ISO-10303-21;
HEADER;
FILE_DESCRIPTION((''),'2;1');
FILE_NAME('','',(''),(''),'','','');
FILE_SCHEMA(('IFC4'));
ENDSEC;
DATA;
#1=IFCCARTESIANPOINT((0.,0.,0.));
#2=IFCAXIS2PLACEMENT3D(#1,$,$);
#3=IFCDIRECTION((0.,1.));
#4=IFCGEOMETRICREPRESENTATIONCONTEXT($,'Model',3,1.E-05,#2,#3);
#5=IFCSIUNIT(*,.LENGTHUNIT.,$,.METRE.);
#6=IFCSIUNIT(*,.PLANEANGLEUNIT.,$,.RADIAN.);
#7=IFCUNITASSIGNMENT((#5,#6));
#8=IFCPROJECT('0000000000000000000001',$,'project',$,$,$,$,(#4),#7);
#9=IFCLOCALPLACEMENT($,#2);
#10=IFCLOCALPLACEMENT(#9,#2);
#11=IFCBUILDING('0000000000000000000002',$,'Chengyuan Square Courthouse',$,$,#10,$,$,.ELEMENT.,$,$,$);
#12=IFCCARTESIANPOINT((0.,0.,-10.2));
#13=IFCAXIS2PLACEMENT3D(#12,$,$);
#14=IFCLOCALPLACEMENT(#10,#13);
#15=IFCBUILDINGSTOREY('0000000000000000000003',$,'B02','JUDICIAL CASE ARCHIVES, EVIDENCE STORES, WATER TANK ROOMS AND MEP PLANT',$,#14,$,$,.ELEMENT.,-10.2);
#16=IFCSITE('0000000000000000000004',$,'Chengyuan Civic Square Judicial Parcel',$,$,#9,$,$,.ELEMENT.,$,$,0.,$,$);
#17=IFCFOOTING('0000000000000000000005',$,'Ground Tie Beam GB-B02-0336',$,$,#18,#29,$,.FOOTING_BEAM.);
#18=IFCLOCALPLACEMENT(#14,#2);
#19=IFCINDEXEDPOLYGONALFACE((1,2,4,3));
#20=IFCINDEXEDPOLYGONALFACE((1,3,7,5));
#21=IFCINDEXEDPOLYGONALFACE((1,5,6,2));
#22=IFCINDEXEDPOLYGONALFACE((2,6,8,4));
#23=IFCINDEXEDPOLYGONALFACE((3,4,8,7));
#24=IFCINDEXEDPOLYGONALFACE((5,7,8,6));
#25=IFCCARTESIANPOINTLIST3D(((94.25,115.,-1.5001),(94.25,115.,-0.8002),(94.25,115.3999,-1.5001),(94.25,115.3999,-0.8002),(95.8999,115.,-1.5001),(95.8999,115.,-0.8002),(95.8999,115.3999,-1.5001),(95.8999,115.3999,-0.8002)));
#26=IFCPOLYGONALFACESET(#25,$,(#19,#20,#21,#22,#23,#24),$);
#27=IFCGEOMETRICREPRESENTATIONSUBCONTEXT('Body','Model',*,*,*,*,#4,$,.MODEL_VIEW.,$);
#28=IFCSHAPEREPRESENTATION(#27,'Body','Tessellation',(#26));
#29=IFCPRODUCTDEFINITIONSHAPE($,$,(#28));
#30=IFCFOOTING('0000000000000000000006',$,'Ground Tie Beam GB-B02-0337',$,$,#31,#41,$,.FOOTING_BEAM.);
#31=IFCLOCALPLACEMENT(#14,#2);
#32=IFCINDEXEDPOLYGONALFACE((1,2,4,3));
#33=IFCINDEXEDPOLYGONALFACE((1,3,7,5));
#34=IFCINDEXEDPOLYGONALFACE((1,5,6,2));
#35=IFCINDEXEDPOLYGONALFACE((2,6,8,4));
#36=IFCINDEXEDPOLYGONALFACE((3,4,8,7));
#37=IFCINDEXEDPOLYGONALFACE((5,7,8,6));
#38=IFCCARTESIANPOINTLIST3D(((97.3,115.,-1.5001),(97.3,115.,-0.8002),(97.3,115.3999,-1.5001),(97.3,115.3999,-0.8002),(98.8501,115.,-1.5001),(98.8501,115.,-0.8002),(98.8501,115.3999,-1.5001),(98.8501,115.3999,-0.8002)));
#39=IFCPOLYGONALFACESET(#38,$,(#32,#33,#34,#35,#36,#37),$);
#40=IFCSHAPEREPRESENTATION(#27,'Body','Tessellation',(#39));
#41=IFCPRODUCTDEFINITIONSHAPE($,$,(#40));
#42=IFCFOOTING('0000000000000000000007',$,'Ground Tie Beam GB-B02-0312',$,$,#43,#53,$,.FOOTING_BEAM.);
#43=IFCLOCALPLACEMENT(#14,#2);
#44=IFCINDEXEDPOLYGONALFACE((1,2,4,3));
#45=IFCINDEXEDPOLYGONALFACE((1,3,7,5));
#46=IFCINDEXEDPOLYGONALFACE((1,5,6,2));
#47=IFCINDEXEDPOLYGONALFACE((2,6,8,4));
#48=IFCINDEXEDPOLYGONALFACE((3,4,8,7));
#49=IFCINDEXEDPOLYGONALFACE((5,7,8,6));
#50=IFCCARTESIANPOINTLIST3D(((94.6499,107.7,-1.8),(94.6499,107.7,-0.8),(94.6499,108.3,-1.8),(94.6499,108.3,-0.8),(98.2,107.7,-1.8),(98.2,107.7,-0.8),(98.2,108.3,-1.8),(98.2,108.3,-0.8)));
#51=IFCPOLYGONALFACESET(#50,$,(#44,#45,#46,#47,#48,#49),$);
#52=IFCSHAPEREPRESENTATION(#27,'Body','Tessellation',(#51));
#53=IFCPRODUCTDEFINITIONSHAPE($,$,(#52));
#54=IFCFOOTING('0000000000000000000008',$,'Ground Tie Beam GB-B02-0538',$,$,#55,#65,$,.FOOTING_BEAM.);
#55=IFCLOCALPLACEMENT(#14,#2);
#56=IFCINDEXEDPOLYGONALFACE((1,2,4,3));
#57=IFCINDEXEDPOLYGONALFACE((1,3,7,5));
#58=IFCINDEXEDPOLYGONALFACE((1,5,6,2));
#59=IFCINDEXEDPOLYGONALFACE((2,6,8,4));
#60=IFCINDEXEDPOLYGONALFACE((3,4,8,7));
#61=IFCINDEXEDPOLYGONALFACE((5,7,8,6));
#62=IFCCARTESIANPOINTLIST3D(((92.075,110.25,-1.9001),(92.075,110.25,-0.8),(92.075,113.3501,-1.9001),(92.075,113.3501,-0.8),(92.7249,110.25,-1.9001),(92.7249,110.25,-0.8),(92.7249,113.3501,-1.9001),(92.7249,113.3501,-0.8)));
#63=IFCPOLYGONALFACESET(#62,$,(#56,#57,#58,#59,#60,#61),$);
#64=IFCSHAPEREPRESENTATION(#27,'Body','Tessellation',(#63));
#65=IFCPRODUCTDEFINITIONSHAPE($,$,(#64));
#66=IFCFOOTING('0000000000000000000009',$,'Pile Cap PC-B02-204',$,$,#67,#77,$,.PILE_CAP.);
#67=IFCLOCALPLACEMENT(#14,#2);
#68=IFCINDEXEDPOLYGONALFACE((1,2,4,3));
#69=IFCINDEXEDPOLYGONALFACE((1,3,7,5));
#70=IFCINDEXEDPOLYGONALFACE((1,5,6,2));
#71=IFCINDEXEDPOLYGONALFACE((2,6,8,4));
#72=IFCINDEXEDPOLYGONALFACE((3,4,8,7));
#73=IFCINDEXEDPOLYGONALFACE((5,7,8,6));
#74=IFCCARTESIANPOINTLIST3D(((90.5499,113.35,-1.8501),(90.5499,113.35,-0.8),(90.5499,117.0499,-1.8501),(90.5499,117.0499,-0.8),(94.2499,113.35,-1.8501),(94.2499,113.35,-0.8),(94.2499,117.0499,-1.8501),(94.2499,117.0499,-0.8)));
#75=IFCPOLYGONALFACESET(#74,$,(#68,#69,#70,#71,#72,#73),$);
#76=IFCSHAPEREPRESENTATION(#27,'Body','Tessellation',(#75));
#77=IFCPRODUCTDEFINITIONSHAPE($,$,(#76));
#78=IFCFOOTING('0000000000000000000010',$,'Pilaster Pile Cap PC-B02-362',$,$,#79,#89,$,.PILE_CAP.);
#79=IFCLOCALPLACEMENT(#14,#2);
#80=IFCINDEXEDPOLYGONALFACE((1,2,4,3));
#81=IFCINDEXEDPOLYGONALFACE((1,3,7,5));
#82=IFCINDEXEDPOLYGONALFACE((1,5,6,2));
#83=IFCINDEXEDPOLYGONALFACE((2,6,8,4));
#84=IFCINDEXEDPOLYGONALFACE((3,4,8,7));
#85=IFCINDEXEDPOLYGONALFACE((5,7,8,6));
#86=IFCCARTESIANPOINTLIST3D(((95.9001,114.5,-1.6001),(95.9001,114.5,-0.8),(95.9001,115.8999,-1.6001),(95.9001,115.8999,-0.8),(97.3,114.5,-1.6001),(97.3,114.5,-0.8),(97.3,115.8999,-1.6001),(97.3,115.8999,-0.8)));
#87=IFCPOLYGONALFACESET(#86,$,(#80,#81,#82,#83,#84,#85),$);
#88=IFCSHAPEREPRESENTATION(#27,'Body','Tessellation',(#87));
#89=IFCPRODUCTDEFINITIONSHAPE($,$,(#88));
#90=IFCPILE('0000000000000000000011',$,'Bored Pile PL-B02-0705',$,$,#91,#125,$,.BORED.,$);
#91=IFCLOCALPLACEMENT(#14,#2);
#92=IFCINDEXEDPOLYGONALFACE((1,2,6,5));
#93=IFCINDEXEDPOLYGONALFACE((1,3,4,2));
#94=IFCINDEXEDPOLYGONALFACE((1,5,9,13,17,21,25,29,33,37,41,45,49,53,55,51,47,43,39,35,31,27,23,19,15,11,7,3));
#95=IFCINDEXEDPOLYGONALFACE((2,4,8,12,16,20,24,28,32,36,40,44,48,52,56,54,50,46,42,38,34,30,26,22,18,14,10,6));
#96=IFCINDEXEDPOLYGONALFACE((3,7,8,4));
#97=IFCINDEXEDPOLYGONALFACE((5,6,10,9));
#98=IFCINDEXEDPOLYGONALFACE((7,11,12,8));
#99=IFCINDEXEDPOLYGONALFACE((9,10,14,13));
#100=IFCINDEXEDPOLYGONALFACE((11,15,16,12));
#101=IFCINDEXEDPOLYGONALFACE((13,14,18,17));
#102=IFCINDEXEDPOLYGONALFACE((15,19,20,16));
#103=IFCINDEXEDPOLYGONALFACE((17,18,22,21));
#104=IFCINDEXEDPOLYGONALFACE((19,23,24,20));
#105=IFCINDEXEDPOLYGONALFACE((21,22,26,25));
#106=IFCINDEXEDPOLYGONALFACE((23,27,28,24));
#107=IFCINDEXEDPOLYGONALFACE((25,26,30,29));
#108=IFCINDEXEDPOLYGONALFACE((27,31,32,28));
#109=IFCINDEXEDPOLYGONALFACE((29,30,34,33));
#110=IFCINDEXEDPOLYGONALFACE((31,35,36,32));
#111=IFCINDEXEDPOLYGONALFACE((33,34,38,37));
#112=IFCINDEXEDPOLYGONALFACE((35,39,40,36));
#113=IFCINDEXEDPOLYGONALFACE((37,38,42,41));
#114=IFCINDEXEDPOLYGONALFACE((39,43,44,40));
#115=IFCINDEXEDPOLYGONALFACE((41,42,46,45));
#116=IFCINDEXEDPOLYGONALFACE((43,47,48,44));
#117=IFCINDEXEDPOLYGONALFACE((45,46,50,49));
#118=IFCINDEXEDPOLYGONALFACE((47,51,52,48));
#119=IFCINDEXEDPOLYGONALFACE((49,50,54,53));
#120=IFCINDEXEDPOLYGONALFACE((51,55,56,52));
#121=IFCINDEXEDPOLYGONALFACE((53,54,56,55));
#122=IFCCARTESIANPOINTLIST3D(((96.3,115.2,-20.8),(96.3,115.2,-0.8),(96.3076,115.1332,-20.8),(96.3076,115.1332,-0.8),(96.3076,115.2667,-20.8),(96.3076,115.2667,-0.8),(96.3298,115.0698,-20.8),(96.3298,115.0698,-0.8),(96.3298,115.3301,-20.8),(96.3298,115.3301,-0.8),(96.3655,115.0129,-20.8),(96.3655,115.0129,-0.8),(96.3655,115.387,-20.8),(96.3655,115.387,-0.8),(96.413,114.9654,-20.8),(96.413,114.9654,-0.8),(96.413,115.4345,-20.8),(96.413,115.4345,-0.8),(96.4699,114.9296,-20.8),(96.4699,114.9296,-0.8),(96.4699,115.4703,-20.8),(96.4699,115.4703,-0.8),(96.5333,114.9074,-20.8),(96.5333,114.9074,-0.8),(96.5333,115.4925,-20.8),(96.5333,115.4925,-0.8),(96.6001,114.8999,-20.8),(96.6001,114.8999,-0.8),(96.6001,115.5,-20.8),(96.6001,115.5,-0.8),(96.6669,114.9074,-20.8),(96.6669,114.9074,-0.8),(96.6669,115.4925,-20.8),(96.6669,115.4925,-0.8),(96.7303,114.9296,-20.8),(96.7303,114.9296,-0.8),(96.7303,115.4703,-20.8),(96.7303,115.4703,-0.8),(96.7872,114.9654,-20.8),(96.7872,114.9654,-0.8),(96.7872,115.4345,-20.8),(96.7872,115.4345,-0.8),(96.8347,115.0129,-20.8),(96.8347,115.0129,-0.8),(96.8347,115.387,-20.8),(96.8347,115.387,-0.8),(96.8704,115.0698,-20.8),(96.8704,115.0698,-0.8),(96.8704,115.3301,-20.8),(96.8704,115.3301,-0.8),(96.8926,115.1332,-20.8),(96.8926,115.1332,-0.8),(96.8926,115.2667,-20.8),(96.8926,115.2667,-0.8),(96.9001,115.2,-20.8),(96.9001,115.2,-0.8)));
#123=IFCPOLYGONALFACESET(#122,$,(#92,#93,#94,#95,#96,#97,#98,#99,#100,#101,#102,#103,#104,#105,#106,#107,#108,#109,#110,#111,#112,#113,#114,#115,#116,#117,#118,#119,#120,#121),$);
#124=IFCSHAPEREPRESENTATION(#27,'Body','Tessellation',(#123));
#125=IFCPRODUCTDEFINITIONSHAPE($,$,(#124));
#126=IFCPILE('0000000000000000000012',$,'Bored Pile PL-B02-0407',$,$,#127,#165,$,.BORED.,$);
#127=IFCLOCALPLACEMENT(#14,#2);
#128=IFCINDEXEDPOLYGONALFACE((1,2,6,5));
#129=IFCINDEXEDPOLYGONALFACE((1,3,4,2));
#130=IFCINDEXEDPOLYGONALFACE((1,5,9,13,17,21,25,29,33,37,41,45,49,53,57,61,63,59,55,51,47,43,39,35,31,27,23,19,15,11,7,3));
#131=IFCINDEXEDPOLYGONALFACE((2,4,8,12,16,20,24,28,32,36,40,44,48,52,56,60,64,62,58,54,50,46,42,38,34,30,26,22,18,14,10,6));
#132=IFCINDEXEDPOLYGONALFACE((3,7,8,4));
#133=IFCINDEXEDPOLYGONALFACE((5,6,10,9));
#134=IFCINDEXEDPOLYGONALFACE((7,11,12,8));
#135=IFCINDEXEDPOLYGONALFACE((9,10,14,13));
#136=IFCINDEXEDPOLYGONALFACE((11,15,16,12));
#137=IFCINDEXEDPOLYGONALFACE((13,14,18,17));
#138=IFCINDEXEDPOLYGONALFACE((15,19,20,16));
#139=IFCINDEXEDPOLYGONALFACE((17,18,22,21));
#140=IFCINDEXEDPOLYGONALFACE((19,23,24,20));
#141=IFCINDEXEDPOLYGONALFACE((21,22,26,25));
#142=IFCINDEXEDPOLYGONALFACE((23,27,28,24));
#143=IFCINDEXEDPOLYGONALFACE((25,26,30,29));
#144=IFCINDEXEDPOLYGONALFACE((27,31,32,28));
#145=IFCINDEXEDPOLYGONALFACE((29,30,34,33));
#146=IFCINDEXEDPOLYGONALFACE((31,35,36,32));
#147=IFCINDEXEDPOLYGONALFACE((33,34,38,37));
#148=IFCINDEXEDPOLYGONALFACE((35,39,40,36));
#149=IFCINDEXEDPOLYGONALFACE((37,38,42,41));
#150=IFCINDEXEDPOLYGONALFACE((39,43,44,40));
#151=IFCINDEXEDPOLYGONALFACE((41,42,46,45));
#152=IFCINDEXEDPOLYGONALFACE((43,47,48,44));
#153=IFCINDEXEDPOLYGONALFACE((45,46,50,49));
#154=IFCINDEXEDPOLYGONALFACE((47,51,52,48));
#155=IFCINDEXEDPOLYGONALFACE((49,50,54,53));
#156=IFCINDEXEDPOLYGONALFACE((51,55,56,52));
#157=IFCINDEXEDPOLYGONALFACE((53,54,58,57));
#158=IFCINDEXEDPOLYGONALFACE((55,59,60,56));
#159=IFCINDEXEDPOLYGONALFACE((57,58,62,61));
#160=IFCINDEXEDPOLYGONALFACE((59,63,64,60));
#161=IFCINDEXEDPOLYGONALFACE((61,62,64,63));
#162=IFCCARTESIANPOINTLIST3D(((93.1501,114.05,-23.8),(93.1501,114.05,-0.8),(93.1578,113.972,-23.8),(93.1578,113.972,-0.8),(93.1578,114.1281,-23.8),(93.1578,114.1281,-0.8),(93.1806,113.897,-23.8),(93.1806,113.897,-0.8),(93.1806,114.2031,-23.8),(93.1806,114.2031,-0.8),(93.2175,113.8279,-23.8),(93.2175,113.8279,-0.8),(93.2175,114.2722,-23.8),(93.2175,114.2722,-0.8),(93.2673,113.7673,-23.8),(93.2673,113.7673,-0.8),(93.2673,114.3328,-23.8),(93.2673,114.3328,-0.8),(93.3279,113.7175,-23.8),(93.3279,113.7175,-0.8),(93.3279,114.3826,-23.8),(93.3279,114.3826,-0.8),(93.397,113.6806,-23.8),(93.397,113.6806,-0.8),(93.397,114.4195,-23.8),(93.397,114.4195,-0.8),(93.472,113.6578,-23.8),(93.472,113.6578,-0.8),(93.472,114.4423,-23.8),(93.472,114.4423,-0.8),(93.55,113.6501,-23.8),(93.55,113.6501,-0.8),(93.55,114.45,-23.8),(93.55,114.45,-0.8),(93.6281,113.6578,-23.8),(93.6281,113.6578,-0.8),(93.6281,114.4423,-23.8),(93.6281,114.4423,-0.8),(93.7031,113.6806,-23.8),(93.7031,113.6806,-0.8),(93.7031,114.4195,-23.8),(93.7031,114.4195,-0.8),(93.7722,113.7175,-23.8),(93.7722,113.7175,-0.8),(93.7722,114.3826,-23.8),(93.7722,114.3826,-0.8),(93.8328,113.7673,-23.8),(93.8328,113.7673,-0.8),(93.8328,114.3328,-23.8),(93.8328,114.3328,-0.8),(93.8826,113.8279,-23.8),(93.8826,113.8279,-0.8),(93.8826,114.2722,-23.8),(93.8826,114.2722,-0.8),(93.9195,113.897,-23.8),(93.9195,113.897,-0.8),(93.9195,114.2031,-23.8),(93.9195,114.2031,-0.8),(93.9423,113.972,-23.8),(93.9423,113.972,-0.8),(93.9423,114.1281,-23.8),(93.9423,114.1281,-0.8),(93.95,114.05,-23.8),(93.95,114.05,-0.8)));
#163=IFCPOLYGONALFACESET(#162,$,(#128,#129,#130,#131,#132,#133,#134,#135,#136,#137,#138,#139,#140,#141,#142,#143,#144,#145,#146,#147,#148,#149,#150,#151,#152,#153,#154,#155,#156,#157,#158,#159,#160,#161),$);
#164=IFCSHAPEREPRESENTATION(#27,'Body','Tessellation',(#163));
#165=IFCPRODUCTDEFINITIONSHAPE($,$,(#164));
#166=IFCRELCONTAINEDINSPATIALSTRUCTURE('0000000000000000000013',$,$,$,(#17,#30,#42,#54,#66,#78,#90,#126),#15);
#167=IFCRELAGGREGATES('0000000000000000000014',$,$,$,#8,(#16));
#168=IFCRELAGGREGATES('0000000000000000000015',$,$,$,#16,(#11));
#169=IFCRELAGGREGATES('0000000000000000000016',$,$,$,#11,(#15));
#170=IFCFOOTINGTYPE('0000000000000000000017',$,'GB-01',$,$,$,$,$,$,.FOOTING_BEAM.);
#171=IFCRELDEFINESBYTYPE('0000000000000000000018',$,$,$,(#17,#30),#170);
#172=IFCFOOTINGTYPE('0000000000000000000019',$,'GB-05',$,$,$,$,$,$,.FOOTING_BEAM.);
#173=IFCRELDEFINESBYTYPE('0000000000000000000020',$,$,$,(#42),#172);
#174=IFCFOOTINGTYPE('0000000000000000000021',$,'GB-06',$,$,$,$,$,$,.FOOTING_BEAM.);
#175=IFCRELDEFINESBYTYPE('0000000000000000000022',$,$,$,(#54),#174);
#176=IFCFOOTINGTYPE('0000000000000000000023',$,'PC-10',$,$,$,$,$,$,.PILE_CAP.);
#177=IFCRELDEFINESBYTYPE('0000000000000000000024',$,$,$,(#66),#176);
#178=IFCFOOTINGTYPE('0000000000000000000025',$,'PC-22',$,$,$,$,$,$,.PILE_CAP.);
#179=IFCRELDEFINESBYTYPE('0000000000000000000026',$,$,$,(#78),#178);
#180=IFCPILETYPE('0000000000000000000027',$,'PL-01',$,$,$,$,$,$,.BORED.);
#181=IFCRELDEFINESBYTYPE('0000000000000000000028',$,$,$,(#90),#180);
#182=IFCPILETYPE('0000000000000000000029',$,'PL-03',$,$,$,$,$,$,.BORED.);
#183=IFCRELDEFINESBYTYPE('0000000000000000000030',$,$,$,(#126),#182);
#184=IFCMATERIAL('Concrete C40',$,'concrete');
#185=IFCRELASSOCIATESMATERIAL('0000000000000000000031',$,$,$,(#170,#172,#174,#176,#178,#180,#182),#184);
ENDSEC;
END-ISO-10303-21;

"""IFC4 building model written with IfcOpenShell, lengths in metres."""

from ifc_helpers import new_model, si_unit, direction, frame, origin, origin_2d, place, context, subcontext, project, spatial, rectangle, circle, extrude, material, material_profile, profile_set, type_object, element, save


model = new_model("IFC4")

# Units and contexts
model_context = context("Model", 3, precision=1e-05, world=origin(), true_north=direction((0.0, 1.0)))
body_context = subcontext(model_context, "Body", "Model", "MODEL_VIEW")
ifc_project = project(units=[si_unit("LENGTHUNIT", "METRE"), si_unit("PLANEANGLEUNIT", "RADIAN")], contexts=[model_context])

# Site, building, storey
site_placement = place(None, origin())
site = spatial("IfcSite", under=ifc_project, at=site_placement, Name="Chengyuan Civic Square Judicial Parcel", CompositionType="ELEMENT", RefElevation=0.0)
building_placement = place(site_placement, origin())
building = spatial("IfcBuilding", under=site, at=building_placement, Name="Chengyuan Square Courthouse", CompositionType="ELEMENT")
storey_placement = place(building_placement, frame((0.0, 0.0, -10.2)))
storey = spatial("IfcBuildingStorey", under=building, at=storey_placement, Name="B02", Description="JUDICIAL CASE ARCHIVES, EVIDENCE STORES, WATER TANK ROOMS AND MEP PLANT", CompositionType="ELEMENT", Elevation=-10.2)

# Footings
ifc_material_1 = material(Name="Concrete C40", Category="concrete")
ifc_material_profile_1 = material_profile(ifc_material_1, rectangle(XDim=0.3999, YDim=0.7, at=origin_2d()), Name="GB-400x700")
ifc_profile_set_1 = profile_set([ifc_material_profile_1], Name="Concrete C40")
footing_type_1 = type_object("IfcFootingType", Name="GB-01", PredefinedType="FOOTING_BEAM", material=ifc_profile_set_1)
footing_1_placement = place(storey_placement, frame((94.25, 115.2, -1.1501), z_axis=(1.0, 0.0, 0.0), x_axis=(0.0, 1.0, 0.0)))
element("IfcFooting", 1, at=footing_1_placement, inside=storey, type_object=footing_type_1, Name="Ground Tie Beam GB-B02-0336", PredefinedType="FOOTING_BEAM", context=body_context, shape_type="SweptSolid", body=[
    extrude(rectangle(XDim=0.3999, YDim=0.7, at=origin_2d()), origin(), (0.0, 0.0, 1.0), 1.6499),
])
footing_2_placement = place(storey_placement, frame((97.3, 115.2, -1.1501), z_axis=(1.0, 0.0, 0.0), x_axis=(0.0, 1.0, 0.0)))
element("IfcFooting", 2, at=footing_2_placement, inside=storey, type_object=footing_type_1, Name="Ground Tie Beam GB-B02-0337", PredefinedType="FOOTING_BEAM", context=body_context, shape_type="SweptSolid", body=[
    extrude(rectangle(XDim=0.3999, YDim=0.7, at=origin_2d()), origin(), (0.0, 0.0, 1.0), 1.55),
])
ifc_material_profile_2 = material_profile(ifc_material_1, rectangle(XDim=0.6001, YDim=1.0, at=origin_2d()), Name="GB-600x1000")
ifc_profile_set_2 = profile_set([ifc_material_profile_2], Name="Concrete C40")
footing_type_2 = type_object("IfcFootingType", Name="GB-05", PredefinedType="FOOTING_BEAM", material=ifc_profile_set_2)
footing_3_placement = place(storey_placement, frame((94.6499, 108.0, -1.3), z_axis=(1.0, 0.0, 0.0), x_axis=(0.0, 1.0, 0.0)))
element("IfcFooting", 3, at=footing_3_placement, inside=storey, type_object=footing_type_2, Name="Ground Tie Beam GB-B02-0312", PredefinedType="FOOTING_BEAM", context=body_context, shape_type="SweptSolid", body=[
    extrude(rectangle(XDim=0.6001, YDim=1.0, at=origin_2d()), origin(), (0.0, 0.0, 1.0), 3.55),
])
ifc_material_profile_3 = material_profile(ifc_material_1, rectangle(XDim=0.6499, YDim=1.1001, at=origin_2d()), Name="GB-650x1100")
ifc_profile_set_3 = profile_set([ifc_material_profile_3], Name="Concrete C40")
footing_type_3 = type_object("IfcFootingType", Name="GB-06", PredefinedType="FOOTING_BEAM", material=ifc_profile_set_3)
footing_4_placement = place(storey_placement, frame((92.3999, 110.25, -1.3501), z_axis=(0.0, 1.0, 0.0), x_axis=(-1.0, 0.0, 0.0)))
element("IfcFooting", 4, at=footing_4_placement, inside=storey, type_object=footing_type_3, Name="Ground Tie Beam GB-B02-0538", PredefinedType="FOOTING_BEAM", context=body_context, shape_type="SweptSolid", body=[
    extrude(rectangle(XDim=0.6499, YDim=1.1001, at=origin_2d()), origin(), (0.0, 0.0, 1.0), 3.1001),
])
footing_type_4 = type_object("IfcFootingType", Name="PC-10", PredefinedType="PILE_CAP", material=ifc_material_1)
footing_5_placement = place(storey_placement, frame((92.3999, 115.2, -1.8501), z_axis=(0.0, 0.0, 1.0), x_axis=(1.0, 0.0, 0.0)))
element("IfcFooting", 5, at=footing_5_placement, inside=storey, type_object=footing_type_4, Name="Pile Cap PC-B02-204", PredefinedType="PILE_CAP", context=body_context, shape_type="SweptSolid", body=[
    extrude(rectangle(XDim=3.7, YDim=3.7, at=origin_2d()), origin(), (0.0, 0.0, 1.0), 1.05),
])
footing_type_5 = type_object("IfcFootingType", Name="PC-22", PredefinedType="PILE_CAP", material=ifc_material_1)
footing_6_placement = place(storey_placement, frame((96.6001, 115.2, -1.6001), z_axis=(0.0, 0.0, 1.0), x_axis=(1.0, 0.0, 0.0)))
element("IfcFooting", 6, at=footing_6_placement, inside=storey, type_object=footing_type_5, Name="Pilaster Pile Cap PC-B02-362", PredefinedType="PILE_CAP", context=body_context, shape_type="SweptSolid", body=[
    extrude(rectangle(XDim=1.3999, YDim=1.3999, at=origin_2d()), origin(), (0.0, 0.0, 1.0), 0.8),
])

# Piles
ifc_material_profile_4 = material_profile(ifc_material_1, circle(Radius=0.3, at=origin_2d()), Name="BORED PILE D600")
ifc_profile_set_4 = profile_set([ifc_material_profile_4], Name="Concrete C40")
pile_type_1 = type_object("IfcPileType", Name="PL-01", PredefinedType="BORED", material=ifc_profile_set_4)
pile_placement = place(storey_placement, frame((96.6001, 115.2, -0.8), z_axis=(0.0, 0.0, -1.0), x_axis=(1.0, 0.0, 0.0)))
element("IfcPile", 7, at=pile_placement, inside=storey, type_object=pile_type_1, Name="Bored Pile PL-B02-0705", PredefinedType="BORED", context=body_context, shape_type="SweptSolid", body=[
    extrude(circle(Radius=0.3, at=origin_2d()), origin(), (0.0, 0.0, 1.0), 20.0),
])
ifc_material_profile_5 = material_profile(ifc_material_1, circle(Radius=0.3999, at=origin_2d()), Name="BORED PILE D800")
ifc_profile_set_5 = profile_set([ifc_material_profile_5], Name="Concrete C40")
pile_type_2 = type_object("IfcPileType", Name="PL-03", PredefinedType="BORED", material=ifc_profile_set_5)
for number, where, z_axis, x_axis, name in (
    (8, (93.55, 114.05, -0.8), (0.0, 0.0, -1.0), (1.0, 0.0, 0.0), "Bored Pile PL-B02-0407"),
):
    element("IfcPile", number, at=place(storey_placement, frame(where, z_axis=z_axis, x_axis=x_axis)), inside=storey, type_object=pile_type_2, Name=name, PredefinedType="BORED", context=body_context, shape_type="SweptSolid", body=[
        extrude(circle(Radius=0.3999, at=origin_2d()), origin(), (0.0, 0.0, 1.0), 23.0),
    ])

save(model, "model.ifc")
